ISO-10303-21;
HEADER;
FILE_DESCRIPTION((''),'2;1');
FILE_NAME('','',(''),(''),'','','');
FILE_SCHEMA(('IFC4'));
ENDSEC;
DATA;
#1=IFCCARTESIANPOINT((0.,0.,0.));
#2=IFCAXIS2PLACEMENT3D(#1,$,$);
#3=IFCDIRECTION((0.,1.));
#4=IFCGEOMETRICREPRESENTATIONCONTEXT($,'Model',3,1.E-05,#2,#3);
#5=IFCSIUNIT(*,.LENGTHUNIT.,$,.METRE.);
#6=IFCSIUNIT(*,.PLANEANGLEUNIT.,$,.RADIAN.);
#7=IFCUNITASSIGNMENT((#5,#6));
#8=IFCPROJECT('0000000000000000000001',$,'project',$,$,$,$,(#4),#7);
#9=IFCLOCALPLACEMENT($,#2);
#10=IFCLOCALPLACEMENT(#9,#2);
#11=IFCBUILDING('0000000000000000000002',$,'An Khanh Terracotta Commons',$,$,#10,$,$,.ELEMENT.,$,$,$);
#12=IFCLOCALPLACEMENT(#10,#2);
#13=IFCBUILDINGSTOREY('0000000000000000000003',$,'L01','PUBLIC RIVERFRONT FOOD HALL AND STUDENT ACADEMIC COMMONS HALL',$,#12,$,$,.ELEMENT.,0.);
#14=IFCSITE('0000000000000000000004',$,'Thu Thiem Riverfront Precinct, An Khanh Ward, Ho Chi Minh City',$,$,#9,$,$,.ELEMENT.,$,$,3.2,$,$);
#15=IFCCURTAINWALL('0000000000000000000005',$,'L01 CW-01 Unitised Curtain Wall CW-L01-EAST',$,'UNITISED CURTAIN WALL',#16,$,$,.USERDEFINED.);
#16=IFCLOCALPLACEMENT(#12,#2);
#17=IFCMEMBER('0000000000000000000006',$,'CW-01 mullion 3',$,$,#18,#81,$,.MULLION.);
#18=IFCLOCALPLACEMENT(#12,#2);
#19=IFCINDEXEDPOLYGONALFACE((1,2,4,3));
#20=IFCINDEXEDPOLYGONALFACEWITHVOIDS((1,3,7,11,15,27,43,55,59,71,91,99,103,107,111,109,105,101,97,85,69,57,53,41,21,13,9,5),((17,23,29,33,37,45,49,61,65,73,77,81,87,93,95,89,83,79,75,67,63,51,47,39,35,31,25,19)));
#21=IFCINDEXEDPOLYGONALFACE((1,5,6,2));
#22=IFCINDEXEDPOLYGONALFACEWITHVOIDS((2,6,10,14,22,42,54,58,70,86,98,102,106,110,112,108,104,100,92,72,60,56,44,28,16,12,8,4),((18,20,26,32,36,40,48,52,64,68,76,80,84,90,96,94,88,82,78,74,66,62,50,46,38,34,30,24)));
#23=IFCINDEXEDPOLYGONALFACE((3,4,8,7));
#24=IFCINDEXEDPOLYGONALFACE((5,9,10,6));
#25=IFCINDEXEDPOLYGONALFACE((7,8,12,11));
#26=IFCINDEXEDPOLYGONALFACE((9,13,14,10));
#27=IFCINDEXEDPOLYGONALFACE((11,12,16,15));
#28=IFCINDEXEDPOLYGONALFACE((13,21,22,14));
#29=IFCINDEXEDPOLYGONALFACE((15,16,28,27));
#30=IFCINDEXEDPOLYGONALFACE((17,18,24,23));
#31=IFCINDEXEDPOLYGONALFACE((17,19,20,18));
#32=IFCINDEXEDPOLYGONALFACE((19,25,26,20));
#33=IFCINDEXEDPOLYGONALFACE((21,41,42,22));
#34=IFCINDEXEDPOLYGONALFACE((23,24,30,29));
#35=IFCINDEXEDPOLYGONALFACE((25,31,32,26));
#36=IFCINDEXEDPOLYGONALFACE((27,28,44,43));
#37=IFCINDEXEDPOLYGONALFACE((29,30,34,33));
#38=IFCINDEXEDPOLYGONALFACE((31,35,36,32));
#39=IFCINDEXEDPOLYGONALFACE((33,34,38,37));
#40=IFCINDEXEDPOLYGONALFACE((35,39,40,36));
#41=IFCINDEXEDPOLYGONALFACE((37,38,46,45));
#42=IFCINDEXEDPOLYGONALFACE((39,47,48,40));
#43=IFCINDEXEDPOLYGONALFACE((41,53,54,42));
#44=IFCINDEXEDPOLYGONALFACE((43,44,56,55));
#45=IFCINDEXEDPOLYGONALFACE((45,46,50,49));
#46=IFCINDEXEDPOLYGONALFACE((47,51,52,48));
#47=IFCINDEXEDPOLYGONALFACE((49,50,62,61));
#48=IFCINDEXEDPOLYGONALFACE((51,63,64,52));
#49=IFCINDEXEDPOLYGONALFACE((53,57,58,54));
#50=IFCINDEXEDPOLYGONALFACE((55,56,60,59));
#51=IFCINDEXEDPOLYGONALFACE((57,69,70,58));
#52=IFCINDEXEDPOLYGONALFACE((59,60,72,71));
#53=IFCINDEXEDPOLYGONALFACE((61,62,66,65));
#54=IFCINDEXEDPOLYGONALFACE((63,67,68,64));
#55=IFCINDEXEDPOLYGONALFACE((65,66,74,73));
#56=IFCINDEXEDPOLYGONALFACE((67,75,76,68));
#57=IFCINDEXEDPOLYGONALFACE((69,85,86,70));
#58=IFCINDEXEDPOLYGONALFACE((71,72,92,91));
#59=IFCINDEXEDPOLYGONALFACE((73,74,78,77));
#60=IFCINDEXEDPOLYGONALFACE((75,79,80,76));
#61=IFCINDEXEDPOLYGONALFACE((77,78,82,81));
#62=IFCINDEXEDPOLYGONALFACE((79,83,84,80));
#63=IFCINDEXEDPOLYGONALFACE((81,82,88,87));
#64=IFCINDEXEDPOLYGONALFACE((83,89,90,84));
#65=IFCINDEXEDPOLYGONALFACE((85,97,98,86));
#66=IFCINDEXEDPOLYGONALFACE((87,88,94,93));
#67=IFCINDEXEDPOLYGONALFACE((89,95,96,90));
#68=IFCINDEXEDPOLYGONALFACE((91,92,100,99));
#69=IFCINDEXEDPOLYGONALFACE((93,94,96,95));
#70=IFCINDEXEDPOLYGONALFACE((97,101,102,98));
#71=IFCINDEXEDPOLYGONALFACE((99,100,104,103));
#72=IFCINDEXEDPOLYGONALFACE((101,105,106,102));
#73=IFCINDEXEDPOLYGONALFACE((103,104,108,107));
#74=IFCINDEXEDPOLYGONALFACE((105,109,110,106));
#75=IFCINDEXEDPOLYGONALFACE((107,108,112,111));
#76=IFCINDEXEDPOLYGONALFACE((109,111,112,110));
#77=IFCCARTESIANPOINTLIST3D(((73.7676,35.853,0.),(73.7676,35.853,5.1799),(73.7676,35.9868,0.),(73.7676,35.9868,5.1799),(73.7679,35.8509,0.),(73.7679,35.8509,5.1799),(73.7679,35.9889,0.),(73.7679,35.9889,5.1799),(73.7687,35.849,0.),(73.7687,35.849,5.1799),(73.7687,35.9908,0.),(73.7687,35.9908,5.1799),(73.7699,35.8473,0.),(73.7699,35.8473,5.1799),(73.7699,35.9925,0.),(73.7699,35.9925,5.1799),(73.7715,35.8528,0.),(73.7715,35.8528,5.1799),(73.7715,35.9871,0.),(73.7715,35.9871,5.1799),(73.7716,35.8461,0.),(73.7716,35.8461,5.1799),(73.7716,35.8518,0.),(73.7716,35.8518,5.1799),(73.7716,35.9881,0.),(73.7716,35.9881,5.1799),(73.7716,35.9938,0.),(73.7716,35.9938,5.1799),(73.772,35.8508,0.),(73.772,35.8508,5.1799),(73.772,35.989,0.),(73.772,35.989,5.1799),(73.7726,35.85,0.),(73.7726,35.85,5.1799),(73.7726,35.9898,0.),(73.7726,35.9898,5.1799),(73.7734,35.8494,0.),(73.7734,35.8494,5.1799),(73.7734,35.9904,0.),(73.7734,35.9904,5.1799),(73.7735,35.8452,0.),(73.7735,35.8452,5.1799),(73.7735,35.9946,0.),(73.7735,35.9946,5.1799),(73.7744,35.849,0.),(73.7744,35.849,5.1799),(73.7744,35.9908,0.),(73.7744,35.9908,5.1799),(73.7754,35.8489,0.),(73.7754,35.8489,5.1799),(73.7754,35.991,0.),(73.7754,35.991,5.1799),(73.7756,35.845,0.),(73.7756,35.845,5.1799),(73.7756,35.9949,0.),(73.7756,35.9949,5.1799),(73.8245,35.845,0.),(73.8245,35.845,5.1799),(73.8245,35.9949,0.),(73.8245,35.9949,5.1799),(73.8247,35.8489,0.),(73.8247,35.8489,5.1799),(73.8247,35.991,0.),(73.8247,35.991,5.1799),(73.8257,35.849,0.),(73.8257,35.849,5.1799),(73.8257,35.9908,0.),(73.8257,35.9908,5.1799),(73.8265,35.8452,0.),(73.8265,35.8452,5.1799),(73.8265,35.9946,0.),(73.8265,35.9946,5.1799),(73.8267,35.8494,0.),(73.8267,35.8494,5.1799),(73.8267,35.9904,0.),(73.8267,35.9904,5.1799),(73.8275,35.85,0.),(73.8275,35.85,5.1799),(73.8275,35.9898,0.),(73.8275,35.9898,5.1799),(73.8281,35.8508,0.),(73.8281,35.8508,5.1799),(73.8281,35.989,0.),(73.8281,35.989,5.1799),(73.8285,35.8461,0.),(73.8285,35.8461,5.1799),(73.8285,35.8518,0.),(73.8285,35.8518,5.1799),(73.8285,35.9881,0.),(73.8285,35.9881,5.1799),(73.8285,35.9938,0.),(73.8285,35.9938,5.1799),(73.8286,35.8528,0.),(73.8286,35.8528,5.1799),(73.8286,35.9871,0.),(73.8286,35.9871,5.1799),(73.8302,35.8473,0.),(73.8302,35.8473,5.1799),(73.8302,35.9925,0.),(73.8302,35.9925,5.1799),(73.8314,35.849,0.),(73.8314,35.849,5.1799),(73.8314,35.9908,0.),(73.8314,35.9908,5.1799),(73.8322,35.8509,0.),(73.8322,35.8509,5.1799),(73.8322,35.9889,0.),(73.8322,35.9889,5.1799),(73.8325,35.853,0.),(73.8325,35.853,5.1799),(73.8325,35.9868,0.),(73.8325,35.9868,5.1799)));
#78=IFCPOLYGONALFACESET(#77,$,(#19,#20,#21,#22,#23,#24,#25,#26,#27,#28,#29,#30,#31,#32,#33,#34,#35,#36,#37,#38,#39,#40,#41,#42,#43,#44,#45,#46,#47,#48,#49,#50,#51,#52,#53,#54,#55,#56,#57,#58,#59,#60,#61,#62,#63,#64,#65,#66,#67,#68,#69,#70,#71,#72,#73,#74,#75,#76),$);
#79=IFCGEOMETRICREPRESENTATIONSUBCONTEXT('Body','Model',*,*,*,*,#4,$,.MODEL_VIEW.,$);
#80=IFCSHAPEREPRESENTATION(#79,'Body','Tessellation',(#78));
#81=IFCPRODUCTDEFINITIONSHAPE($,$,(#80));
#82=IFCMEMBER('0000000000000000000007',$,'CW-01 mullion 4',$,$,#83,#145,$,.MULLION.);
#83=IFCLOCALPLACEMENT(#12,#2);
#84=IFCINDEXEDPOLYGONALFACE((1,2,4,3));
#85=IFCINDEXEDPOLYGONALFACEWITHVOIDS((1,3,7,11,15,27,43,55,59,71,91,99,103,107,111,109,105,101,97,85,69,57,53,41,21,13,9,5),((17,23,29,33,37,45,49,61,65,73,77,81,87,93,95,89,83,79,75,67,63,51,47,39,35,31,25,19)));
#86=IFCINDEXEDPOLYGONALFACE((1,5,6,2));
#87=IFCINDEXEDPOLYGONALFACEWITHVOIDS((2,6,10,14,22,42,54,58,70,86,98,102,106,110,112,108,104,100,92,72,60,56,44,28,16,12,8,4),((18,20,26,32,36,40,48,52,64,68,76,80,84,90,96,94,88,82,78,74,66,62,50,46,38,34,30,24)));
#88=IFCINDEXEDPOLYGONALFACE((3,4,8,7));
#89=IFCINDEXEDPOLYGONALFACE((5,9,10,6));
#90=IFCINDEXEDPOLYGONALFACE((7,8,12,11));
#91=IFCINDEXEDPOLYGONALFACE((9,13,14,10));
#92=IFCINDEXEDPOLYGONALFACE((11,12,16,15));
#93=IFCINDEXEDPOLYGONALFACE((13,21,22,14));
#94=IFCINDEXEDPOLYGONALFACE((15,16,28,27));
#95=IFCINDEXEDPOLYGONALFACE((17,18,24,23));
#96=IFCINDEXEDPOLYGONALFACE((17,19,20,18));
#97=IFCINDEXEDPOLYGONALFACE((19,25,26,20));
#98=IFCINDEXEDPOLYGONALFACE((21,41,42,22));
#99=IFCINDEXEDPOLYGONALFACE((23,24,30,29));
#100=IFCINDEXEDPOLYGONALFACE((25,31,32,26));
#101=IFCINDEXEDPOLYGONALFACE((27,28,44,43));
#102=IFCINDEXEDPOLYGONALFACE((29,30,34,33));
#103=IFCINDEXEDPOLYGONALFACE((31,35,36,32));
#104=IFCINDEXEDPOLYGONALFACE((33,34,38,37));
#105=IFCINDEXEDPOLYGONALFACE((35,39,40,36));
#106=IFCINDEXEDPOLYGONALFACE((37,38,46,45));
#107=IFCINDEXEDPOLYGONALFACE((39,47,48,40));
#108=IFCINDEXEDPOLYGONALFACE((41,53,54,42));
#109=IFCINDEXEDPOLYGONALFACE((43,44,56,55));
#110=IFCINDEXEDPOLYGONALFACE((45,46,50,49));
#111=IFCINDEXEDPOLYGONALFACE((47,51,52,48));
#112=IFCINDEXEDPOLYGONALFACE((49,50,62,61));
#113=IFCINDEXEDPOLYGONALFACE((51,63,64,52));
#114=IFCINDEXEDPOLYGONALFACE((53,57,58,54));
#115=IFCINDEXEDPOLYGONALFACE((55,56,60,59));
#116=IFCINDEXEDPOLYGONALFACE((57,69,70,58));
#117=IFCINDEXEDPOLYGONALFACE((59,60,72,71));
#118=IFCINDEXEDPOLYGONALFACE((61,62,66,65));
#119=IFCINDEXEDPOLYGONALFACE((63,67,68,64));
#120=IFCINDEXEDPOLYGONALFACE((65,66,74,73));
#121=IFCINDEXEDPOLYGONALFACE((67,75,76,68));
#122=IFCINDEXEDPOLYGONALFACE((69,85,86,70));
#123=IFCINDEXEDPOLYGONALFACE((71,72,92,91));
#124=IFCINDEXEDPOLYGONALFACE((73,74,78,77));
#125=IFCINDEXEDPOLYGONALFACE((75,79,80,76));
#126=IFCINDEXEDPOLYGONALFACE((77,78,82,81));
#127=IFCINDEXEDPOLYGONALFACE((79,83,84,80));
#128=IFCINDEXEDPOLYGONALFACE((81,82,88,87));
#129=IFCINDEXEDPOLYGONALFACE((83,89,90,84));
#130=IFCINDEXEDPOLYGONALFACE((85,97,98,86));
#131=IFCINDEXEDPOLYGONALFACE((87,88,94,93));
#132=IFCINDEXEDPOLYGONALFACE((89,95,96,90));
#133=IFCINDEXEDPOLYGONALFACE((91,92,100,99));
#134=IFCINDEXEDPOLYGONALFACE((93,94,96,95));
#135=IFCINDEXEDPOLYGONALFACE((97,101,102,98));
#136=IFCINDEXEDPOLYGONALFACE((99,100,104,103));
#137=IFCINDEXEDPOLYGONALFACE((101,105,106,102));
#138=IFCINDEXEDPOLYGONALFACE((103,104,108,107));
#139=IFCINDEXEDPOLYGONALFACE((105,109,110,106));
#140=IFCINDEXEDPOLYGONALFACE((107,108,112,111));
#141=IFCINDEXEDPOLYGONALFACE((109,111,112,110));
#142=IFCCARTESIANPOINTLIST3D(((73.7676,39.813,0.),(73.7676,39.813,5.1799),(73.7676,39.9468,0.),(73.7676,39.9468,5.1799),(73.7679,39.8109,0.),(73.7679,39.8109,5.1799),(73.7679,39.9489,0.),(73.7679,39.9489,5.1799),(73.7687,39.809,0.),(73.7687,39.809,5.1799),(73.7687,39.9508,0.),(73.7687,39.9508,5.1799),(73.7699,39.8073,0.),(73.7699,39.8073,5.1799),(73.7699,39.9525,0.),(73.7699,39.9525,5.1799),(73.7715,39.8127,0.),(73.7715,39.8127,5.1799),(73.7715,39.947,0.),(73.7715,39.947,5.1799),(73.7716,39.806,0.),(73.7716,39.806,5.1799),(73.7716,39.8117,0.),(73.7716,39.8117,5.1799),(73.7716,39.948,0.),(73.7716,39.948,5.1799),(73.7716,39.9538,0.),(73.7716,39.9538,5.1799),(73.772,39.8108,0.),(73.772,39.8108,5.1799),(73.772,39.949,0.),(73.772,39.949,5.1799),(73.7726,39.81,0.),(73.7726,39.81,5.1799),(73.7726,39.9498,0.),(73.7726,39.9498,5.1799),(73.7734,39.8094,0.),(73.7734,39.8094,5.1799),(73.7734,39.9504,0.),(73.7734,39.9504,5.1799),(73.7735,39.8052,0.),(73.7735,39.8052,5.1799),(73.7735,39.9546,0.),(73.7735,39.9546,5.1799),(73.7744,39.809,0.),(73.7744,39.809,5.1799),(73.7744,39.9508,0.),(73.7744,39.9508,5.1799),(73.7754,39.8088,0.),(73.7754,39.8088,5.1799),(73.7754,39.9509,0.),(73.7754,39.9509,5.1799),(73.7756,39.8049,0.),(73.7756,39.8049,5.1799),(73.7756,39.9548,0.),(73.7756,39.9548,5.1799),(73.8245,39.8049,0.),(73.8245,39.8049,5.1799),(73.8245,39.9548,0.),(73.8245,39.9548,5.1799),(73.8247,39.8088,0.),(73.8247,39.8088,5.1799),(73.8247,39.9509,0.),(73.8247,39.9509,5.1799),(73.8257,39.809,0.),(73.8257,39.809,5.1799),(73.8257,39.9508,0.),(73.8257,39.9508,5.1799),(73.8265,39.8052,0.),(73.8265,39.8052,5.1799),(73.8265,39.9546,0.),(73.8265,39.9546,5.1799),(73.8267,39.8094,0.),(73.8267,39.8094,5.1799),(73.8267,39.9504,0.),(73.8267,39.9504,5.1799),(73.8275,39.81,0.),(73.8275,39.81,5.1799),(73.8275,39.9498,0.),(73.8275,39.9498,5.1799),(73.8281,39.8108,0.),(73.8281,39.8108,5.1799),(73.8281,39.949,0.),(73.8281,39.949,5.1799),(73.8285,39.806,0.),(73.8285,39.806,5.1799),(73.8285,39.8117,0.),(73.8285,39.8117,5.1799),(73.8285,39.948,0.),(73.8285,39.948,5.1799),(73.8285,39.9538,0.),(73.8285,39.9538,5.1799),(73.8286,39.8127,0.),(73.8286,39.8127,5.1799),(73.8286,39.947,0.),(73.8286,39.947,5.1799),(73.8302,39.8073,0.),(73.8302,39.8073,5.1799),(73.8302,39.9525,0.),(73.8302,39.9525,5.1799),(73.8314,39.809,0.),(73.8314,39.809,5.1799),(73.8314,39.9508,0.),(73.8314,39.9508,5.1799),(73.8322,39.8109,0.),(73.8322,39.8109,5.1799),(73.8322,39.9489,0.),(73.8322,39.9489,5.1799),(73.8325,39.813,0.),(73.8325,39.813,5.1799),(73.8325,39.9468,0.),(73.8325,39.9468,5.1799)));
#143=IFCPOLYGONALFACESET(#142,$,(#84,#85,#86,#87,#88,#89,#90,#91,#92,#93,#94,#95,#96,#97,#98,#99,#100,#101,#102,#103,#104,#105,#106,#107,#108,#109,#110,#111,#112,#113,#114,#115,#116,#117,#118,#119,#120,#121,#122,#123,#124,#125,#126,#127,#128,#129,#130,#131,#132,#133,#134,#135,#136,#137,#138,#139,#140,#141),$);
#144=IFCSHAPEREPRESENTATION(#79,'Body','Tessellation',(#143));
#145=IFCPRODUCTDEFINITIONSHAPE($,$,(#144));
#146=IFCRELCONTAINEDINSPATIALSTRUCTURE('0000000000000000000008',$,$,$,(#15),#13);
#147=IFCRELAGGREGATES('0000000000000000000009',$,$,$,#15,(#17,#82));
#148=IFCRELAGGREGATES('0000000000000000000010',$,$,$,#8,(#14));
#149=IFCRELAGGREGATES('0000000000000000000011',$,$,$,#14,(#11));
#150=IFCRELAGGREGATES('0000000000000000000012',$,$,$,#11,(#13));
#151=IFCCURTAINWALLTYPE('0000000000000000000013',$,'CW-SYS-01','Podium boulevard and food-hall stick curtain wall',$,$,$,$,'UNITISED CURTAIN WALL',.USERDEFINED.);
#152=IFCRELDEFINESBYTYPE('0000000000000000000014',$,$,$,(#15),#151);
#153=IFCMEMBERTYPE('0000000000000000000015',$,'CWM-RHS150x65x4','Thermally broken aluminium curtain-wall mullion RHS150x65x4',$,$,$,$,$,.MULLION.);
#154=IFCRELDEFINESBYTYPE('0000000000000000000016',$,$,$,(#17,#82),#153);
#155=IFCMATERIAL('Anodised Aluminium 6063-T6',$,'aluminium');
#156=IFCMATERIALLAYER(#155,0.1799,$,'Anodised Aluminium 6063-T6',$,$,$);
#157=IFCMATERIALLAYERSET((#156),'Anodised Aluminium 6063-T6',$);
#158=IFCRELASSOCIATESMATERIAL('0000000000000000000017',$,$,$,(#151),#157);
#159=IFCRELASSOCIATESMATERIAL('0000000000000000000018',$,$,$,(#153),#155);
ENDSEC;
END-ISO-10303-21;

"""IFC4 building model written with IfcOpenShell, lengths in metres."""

from ifc_helpers import new_model, si_unit, direction, frame, origin, origin_2d, place, context, subcontext, project, spatial, hollow_rectangle, extrude, material, layer, layer_set, material_profile, profile_set, type_object, element, aggregate, save


model = new_model("IFC4")

# Units and contexts
model_context = context("Model", 3, precision=1e-05, world=origin(), true_north=direction((0.0, 1.0)))
body_context = subcontext(model_context, "Body", "Model", "MODEL_VIEW")
ifc_project = project(units=[si_unit("LENGTHUNIT", "METRE"), si_unit("PLANEANGLEUNIT", "RADIAN")], contexts=[model_context])

# Site, building, storey
site_placement = place(None, origin())
site = spatial("IfcSite", under=ifc_project, at=site_placement, Name="Thu Thiem Riverfront Precinct, An Khanh Ward, Ho Chi Minh City", CompositionType="ELEMENT", RefElevation=3.2)
building_placement = place(site_placement, origin())
building = spatial("IfcBuilding", under=site, at=building_placement, Name="An Khanh Terracotta Commons", CompositionType="ELEMENT")
storey_placement = place(building_placement, origin())
storey = spatial("IfcBuildingStorey", under=building, at=storey_placement, Name="L01", Description="PUBLIC RIVERFRONT FOOD HALL AND STUDENT ACADEMIC COMMONS HALL", CompositionType="ELEMENT", Elevation=0.0)

# Curtain wall, members
ifc_material_1 = material(Name="Anodised Aluminium 6063-T6", Category="aluminium")
ifc_layer_1 = layer(ifc_material_1, 0.1799, Name="Anodised Aluminium 6063-T6")
ifc_layer_set_1 = layer_set([ifc_layer_1], Name="Anodised Aluminium 6063-T6")
curtain_wall_type = type_object("IfcCurtainWallType", Name="CW-SYS-01", Description="Podium boulevard and food-hall stick curtain wall", ElementType="UNITISED CURTAIN WALL", PredefinedType="USERDEFINED", material=ifc_layer_set_1)
curtain_wall_placement = place(storey_placement, origin())
curtain_wall = element("IfcCurtainWall", 1, at=curtain_wall_placement, inside=storey, type_object=curtain_wall_type, Name="L01 CW-01 Unitised Curtain Wall CW-L01-EAST", ObjectType="UNITISED CURTAIN WALL", PredefinedType="USERDEFINED")
ifc_material_profile_1 = material_profile(ifc_material_1, hollow_rectangle(XDim=0.0649, YDim=0.1499, WallThickness=0.0039, InnerFilletRadius=0.0039, OuterFilletRadius=0.0081, at=origin_2d()), Name="RHS150x65x4")
ifc_profile_set_1 = profile_set([ifc_material_profile_1], Name="Anodised Aluminium 6063-T6")
member_type_1 = type_object("IfcMemberType", Name="CWM-RHS150x65x4", Description="Thermally broken aluminium curtain-wall mullion RHS150x65x4", PredefinedType="MULLION", material=ifc_profile_set_1)
member_1_placement = place(storey_placement, frame((73.8, 35.9199, 0.0), z_axis=(0.0, 0.0, 1.0), x_axis=(-1.0, 0.0, 0.0)))
member_1 = element("IfcMember", 2, at=member_1_placement, type_object=member_type_1, Name="CW-01 mullion 3", PredefinedType="MULLION", context=body_context, shape_type="SweptSolid", body=[
    extrude(hollow_rectangle(XDim=0.0649, YDim=0.1499, WallThickness=0.0039, InnerFilletRadius=0.0039, OuterFilletRadius=0.0081, at=origin_2d()), origin(), (0.0, 0.0, 1.0), 5.1799),
])
member_2_placement = place(storey_placement, frame((73.8, 39.8799, 0.0), z_axis=(0.0, 0.0, 1.0), x_axis=(-1.0, 0.0, 0.0)))
member_2 = element("IfcMember", 3, at=member_2_placement, type_object=member_type_1, Name="CW-01 mullion 4", PredefinedType="MULLION", context=body_context, shape_type="SweptSolid", body=[
    extrude(hollow_rectangle(XDim=0.0649, YDim=0.1499, WallThickness=0.0039, InnerFilletRadius=0.0039, OuterFilletRadius=0.0081, at=origin_2d()), origin(), (0.0, 0.0, 1.0), 5.1799),
])
aggregate(curtain_wall, [member_1, member_2])

save(model, "model.ifc")
